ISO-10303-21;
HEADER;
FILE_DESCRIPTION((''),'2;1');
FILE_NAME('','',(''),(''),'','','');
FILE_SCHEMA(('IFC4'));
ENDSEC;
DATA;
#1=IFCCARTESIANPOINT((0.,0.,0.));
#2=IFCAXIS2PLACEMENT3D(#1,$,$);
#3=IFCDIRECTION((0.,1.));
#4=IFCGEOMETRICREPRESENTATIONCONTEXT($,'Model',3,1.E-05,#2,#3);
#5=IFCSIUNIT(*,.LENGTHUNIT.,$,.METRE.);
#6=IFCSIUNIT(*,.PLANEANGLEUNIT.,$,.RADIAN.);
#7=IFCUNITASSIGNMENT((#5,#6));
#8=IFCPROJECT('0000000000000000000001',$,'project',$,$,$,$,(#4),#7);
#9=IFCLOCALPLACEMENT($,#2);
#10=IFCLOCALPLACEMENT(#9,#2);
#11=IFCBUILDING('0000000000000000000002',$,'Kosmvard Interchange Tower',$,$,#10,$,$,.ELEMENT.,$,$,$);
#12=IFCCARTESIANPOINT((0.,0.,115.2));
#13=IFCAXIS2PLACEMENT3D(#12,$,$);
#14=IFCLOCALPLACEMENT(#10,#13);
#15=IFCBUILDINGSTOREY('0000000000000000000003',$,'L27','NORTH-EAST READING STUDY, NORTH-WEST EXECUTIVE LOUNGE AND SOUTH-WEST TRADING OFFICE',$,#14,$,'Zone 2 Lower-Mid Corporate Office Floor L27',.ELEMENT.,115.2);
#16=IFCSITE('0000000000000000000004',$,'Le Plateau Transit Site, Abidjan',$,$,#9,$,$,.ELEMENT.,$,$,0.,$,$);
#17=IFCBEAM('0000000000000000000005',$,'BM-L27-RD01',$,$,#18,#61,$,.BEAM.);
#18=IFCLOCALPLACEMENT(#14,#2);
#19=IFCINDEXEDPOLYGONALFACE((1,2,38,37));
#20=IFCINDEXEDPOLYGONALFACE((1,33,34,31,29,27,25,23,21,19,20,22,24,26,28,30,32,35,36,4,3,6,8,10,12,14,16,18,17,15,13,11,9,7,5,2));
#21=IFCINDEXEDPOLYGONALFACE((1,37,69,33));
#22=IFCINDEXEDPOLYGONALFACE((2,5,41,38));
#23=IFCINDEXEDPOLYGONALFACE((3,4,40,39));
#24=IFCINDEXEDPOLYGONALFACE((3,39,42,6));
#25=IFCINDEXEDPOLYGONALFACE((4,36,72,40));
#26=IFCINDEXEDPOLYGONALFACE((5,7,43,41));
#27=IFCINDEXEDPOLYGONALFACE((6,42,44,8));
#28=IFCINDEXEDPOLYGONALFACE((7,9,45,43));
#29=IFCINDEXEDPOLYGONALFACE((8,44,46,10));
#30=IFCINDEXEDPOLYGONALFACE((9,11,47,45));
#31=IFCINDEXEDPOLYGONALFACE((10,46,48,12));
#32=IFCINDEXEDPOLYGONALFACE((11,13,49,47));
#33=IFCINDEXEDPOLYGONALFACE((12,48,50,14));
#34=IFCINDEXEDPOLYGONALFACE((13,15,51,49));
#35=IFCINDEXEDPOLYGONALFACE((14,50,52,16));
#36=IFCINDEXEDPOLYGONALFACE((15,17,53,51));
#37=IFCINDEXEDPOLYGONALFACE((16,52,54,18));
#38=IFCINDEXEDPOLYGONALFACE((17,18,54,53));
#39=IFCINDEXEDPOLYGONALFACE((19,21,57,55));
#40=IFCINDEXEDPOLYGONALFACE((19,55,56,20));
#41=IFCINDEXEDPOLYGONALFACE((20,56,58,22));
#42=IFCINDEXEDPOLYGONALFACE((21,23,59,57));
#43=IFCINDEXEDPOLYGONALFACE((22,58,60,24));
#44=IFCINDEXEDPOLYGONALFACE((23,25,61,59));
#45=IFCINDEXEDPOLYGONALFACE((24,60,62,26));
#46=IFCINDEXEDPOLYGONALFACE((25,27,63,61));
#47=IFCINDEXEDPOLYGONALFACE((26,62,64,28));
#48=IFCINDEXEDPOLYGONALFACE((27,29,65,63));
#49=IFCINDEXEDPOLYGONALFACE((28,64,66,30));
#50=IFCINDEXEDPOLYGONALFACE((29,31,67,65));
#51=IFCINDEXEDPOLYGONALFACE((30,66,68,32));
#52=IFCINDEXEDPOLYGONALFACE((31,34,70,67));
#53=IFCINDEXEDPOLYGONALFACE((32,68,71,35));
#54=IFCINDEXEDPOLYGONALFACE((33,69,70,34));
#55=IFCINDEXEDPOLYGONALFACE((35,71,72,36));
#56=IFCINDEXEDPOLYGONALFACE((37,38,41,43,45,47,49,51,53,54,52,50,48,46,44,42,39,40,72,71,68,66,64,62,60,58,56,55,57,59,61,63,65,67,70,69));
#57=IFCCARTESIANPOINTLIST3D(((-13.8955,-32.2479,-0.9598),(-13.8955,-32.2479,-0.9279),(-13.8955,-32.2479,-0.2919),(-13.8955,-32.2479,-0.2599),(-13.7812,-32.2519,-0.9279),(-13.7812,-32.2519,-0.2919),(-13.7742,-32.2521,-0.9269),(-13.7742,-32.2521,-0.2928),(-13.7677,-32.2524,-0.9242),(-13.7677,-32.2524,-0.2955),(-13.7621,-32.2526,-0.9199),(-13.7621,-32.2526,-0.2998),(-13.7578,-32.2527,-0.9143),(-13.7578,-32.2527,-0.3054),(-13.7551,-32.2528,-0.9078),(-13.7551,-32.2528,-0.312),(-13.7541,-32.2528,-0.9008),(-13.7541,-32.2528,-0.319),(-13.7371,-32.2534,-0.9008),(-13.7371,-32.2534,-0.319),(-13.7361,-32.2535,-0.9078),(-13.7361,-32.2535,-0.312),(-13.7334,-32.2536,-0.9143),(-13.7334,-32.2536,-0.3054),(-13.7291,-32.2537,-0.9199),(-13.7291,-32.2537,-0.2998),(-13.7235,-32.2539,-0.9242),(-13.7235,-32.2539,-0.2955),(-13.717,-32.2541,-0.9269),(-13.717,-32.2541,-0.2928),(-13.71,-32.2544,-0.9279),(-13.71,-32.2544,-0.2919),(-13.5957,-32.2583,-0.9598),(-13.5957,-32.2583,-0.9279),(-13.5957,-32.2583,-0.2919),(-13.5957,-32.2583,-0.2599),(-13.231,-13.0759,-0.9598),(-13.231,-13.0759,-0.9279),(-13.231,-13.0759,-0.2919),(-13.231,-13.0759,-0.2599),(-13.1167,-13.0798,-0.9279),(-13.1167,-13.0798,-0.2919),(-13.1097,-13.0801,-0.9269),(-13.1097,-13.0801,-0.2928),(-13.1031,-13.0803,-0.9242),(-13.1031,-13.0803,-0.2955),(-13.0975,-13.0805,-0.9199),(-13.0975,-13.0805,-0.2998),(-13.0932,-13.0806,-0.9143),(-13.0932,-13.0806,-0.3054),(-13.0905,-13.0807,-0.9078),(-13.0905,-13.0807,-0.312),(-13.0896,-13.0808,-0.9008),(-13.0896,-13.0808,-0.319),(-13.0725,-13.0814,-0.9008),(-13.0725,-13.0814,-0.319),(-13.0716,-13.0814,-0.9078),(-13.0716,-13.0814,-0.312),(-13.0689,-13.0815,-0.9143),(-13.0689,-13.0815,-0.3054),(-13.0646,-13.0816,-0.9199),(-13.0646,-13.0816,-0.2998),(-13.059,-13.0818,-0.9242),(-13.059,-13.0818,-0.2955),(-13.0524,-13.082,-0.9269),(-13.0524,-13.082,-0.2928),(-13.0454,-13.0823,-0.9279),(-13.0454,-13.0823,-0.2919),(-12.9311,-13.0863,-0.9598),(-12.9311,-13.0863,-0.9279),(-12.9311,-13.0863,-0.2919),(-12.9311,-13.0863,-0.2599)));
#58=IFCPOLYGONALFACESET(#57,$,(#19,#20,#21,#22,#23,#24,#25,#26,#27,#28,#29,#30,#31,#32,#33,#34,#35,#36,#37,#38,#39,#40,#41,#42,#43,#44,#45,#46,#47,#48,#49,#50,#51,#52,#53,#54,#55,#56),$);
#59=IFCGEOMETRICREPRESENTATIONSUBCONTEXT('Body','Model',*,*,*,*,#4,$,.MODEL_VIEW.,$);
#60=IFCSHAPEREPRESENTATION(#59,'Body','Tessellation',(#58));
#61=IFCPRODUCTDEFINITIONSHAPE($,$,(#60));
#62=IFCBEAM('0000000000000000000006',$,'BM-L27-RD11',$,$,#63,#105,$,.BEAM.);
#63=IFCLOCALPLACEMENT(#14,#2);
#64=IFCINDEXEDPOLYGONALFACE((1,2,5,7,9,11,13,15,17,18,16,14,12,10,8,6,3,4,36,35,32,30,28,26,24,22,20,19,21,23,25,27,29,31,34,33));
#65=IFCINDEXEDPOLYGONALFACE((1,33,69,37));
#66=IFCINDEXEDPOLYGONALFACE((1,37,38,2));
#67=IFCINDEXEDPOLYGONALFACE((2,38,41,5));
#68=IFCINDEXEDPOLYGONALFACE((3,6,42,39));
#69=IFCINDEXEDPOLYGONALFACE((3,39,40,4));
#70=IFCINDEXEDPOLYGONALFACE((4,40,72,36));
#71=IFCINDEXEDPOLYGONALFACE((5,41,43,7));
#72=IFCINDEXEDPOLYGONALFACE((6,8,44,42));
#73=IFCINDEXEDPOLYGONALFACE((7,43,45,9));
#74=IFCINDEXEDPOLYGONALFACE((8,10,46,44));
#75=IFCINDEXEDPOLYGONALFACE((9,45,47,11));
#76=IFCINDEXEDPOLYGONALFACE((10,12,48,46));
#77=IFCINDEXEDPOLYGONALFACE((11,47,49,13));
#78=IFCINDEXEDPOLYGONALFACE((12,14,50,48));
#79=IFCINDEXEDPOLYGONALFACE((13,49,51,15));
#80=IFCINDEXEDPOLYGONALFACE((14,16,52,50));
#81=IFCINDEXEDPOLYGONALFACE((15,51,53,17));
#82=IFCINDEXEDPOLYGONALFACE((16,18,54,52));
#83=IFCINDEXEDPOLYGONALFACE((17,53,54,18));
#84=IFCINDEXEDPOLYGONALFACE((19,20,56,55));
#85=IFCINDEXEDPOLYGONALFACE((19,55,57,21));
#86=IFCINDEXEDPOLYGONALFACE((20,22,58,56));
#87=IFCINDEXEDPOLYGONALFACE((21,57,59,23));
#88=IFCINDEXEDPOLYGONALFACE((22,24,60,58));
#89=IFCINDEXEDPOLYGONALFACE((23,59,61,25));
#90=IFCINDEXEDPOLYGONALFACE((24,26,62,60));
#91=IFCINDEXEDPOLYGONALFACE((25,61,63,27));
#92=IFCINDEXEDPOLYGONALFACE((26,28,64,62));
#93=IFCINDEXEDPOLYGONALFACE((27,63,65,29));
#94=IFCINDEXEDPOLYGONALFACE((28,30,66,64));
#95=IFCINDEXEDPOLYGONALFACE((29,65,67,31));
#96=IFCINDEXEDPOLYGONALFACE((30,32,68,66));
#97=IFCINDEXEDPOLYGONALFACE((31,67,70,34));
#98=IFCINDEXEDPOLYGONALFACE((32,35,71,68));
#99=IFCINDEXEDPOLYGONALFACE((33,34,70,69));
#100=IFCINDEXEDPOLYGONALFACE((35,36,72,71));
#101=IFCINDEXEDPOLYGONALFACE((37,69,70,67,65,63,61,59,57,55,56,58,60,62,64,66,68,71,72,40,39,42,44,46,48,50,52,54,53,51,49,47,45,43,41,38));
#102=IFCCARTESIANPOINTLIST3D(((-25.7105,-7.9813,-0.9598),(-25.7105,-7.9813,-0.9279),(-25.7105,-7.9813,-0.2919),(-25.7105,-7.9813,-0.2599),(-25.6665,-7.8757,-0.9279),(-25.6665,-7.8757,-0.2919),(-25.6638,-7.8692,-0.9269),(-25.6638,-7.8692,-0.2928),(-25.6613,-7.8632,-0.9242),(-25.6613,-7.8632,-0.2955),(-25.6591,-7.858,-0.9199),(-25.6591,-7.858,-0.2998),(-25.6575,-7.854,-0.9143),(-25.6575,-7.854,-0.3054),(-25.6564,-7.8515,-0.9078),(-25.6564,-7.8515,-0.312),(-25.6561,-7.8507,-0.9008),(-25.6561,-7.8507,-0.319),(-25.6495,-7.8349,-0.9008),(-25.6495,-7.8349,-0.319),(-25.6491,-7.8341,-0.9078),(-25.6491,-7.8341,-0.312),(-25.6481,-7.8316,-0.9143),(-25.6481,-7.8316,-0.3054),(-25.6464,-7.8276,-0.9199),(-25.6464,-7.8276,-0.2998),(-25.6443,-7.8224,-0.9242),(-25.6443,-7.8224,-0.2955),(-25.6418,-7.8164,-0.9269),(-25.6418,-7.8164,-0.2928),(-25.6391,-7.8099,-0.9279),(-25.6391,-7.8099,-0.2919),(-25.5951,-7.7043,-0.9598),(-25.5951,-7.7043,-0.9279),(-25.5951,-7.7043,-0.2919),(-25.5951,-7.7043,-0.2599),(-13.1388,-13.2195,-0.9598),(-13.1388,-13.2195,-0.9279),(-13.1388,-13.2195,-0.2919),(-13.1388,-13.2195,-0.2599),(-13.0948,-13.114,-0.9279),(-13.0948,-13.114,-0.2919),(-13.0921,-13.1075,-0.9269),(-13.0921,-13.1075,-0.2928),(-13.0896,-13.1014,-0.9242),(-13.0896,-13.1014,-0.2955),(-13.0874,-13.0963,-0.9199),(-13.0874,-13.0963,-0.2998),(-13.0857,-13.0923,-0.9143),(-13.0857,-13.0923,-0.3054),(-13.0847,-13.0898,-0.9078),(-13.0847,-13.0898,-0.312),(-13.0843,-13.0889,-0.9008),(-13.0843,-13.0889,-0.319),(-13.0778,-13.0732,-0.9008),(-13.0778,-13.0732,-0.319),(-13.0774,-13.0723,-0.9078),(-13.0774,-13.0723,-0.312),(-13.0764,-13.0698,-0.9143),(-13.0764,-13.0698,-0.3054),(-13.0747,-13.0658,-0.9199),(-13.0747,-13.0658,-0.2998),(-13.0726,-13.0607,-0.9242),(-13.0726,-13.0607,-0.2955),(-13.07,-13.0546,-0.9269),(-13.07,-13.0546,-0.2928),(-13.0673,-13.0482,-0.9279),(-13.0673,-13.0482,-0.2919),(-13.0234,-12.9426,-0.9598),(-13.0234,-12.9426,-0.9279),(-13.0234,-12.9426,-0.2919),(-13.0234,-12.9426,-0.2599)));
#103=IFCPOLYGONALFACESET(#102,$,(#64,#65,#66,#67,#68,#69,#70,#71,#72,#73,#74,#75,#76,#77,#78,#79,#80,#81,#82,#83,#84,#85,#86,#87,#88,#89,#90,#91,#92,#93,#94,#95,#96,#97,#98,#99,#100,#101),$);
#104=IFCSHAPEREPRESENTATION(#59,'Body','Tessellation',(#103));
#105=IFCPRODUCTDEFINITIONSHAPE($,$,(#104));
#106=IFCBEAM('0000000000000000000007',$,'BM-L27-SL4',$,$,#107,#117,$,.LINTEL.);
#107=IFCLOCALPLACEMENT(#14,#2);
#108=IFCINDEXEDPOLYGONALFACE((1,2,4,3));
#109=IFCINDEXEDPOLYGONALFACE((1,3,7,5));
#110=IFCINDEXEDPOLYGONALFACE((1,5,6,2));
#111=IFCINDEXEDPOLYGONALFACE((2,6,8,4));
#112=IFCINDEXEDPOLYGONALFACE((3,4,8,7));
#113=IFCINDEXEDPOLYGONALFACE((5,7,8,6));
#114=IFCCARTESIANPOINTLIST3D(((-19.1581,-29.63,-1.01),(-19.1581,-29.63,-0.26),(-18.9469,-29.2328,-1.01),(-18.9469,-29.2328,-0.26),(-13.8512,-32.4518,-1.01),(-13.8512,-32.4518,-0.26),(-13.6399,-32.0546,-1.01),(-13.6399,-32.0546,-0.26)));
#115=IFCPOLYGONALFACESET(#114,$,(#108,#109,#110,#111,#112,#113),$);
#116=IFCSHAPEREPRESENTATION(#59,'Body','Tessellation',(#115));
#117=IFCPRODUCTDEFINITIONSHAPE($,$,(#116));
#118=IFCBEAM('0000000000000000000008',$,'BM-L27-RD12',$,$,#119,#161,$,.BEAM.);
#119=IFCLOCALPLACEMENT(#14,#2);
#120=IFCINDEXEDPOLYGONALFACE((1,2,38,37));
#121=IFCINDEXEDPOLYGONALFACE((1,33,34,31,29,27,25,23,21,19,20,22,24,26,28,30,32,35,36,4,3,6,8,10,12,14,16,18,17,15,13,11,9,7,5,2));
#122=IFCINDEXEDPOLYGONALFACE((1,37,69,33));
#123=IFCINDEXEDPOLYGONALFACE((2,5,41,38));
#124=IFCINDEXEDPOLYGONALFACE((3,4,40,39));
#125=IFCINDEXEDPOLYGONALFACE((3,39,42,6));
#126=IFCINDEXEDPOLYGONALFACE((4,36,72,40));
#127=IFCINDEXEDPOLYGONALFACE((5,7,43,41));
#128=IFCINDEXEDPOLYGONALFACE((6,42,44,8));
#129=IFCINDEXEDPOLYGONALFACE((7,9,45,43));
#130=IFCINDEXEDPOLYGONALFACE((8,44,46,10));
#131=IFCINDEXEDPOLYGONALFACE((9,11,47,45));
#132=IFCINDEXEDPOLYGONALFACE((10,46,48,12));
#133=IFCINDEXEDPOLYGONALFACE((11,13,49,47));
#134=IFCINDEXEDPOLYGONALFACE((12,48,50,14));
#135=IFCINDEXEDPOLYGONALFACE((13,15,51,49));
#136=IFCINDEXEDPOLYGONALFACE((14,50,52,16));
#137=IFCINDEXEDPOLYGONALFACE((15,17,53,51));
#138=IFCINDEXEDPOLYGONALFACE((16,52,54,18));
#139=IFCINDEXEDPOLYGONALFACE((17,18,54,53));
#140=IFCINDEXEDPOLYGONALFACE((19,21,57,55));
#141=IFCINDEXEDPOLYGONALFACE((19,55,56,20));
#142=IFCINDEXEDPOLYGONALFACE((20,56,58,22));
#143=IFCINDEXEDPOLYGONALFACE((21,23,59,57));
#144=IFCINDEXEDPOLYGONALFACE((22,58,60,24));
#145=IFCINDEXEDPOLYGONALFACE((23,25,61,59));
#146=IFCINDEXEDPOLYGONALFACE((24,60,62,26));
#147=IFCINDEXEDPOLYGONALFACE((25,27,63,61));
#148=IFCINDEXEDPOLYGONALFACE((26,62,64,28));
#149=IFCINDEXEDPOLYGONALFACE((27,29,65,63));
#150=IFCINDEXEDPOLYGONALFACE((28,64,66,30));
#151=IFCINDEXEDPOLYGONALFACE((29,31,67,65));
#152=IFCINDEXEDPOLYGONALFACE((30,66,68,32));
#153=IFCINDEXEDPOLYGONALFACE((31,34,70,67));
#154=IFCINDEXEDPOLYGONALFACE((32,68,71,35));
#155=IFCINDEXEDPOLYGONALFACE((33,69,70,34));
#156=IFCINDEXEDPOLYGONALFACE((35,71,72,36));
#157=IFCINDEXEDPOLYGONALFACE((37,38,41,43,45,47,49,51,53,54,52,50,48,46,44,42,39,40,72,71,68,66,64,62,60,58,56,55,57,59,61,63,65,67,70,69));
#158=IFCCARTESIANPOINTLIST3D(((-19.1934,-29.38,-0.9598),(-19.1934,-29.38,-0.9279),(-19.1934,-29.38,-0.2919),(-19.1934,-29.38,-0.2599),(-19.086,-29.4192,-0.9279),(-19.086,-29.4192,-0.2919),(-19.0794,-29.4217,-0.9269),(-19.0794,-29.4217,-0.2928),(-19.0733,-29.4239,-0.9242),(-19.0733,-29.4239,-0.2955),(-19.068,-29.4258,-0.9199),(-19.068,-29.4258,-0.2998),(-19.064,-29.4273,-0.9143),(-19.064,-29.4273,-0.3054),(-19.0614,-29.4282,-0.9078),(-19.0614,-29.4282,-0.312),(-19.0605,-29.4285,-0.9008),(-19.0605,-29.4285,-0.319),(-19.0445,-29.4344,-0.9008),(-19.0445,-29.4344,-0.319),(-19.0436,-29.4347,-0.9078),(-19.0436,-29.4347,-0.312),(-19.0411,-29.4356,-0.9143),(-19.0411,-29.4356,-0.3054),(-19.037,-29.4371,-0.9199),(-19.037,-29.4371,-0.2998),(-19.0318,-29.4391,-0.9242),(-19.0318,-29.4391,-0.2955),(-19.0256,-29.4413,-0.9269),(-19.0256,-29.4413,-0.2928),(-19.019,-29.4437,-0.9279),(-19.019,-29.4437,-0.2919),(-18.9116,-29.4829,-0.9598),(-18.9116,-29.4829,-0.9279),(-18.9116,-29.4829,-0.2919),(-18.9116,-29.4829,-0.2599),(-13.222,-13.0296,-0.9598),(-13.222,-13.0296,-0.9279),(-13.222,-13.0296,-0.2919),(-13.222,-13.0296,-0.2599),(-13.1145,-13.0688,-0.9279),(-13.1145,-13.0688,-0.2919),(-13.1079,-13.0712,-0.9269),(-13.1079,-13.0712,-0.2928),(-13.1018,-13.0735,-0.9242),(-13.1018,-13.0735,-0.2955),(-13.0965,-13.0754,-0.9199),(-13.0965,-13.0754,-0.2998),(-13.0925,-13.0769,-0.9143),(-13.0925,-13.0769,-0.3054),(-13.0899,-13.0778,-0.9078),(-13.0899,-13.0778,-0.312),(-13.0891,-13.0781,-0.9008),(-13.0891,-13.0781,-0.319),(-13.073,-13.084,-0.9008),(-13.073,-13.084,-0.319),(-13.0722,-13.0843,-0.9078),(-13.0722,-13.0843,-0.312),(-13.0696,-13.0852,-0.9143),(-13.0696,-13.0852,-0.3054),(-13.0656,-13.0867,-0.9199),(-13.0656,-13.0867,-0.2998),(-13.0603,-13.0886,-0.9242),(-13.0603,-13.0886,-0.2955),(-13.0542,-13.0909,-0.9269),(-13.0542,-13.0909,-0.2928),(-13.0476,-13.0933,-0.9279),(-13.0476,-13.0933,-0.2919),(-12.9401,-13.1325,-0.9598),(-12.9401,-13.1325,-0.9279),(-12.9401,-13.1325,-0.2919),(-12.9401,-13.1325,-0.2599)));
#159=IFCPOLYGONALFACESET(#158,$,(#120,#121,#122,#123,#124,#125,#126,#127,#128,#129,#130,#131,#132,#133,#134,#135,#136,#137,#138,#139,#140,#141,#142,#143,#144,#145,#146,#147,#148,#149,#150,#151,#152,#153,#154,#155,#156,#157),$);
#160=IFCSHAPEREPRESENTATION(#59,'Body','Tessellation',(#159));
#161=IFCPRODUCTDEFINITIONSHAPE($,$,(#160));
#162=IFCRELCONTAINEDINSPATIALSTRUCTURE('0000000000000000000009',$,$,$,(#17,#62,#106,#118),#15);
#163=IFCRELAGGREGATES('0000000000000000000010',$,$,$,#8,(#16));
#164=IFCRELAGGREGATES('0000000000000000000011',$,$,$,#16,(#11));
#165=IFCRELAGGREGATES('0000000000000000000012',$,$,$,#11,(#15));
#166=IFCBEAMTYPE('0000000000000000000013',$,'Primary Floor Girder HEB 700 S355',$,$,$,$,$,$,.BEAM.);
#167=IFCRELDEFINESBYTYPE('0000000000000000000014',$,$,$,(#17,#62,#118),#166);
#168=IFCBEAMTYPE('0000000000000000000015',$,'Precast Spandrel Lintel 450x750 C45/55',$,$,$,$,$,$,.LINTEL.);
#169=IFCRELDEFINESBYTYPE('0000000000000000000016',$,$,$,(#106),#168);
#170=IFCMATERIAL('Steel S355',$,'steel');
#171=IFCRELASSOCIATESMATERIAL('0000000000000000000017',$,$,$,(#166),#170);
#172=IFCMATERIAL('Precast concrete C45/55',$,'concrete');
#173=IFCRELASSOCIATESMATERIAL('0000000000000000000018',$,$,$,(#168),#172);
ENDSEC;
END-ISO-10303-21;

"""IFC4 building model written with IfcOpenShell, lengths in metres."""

from ifc_helpers import new_model, si_unit, direction, frame, origin, origin_2d, place, context, subcontext, project, spatial, rectangle, i_section, extrude, source, transform, mapped, material, material_profile, profile_set, type_object, element, save


model = new_model("IFC4")

# Units and contexts
model_context = context("Model", 3, precision=1e-05, world=origin(), true_north=direction((0.0, 1.0)))
body_context = subcontext(model_context, "Body", "Model", "MODEL_VIEW")
ifc_project = project(units=[si_unit("LENGTHUNIT", "METRE"), si_unit("PLANEANGLEUNIT", "RADIAN")], contexts=[model_context])

# Site, building, storey
site_placement = place(None, origin())
site = spatial("IfcSite", under=ifc_project, at=site_placement, Name="Le Plateau Transit Site, Abidjan", CompositionType="ELEMENT", RefElevation=0.0)
building_placement = place(site_placement, origin())
building = spatial("IfcBuilding", under=site, at=building_placement, Name="Kosmvard Interchange Tower", CompositionType="ELEMENT")
storey_placement = place(building_placement, frame((0.0, 0.0, 115.2)))
storey = spatial("IfcBuildingStorey", under=building, at=storey_placement, Name="L27", Description="NORTH-EAST READING STUDY, NORTH-WEST EXECUTIVE LOUNGE AND SOUTH-WEST TRADING OFFICE", LongName="Zone 2 Lower-Mid Corporate Office Floor L27", CompositionType="ELEMENT", Elevation=115.2)

# Beams
ifc_material_1 = material(Name="Steel S355", Category="steel")
ifc_material_profile_1 = material_profile(ifc_material_1, i_section(OverallWidth=0.3, OverallDepth=0.7, WebThickness=0.0171, FlangeThickness=0.032, FilletRadius=0.0271, at=origin_2d()), Name="HEB 700")
ifc_profile_set_1 = profile_set([ifc_material_profile_1], Name="Steel S355")
beam_type_1 = type_object("IfcBeamType", Name="Primary Floor Girder HEB 700 S355", PredefinedType="BEAM", material=ifc_profile_set_1)
shared_shape_1 = source(origin(), body_context, "Body", "SweptSolid", [
    extrude(i_section(OverallWidth=0.3, OverallDepth=0.7, WebThickness=0.0171, FlangeThickness=0.032, FilletRadius=0.0271, at=origin_2d()), origin(), (0.0, 0.0, 1.0), 19.1836),
])
beam_1_placement = place(storey_placement, frame((-13.0811, -13.0811, -0.6099), z_axis=(-0.034642, -0.9994, 0.0), x_axis=(0.9994, -0.034642, 0.0)))
element("IfcBeam", 1, at=beam_1_placement, inside=storey, type_object=beam_type_1, Name="BM-L27-RD01", PredefinedType="BEAM", context=body_context, shape_type="MappedRepresentation", body=[
    mapped(shared_shape_1, transform((0.0, 0.0, 0.0), scale=1.0)),
])
shared_shape_2 = source(origin(), body_context, "Body", "SweptSolid", [
    extrude(i_section(OverallWidth=0.3, OverallDepth=0.7, WebThickness=0.0171, FlangeThickness=0.032, FilletRadius=0.0271, at=origin_2d()), origin(), (0.0, 0.0, 1.0), 13.6194),
])
beam_2_placement = place(storey_placement, frame((-13.0811, -13.0811, -0.6099), z_axis=(-0.923076, 0.384618, 0.0), x_axis=(-0.384618, -0.923076, 0.0)))
element("IfcBeam", 2, at=beam_2_placement, inside=storey, type_object=beam_type_1, Name="BM-L27-RD11", PredefinedType="BEAM", context=body_context, shape_type="MappedRepresentation", body=[
    mapped(shared_shape_2, transform((0.0, 0.0, 0.0), scale=1.0)),
])
ifc_material_2 = material(Name="Precast concrete C45/55", Category="concrete")
ifc_material_profile_2 = material_profile(ifc_material_2, rectangle(XDim=0.45, YDim=0.75, at=origin_2d()), Name="SL 450x750")
ifc_profile_set_2 = profile_set([ifc_material_profile_2], Name="Precast concrete C45/55")
beam_type_2 = type_object("IfcBeamType", Name="Precast Spandrel Lintel 450x750 C45/55", PredefinedType="LINTEL", material=ifc_profile_set_2)
shared_shape_3 = source(origin(), body_context, "Body", "SweptSolid", [
    extrude(rectangle(XDim=0.45, YDim=0.75, at=origin_2d()), origin(), (0.0, 0.0, 1.0), 6.0105),
])
beam_3_placement = place(storey_placement, frame((-19.0525, -29.4314, -0.635), z_axis=(0.882944, -0.469479, 0.0), x_axis=(0.469479, 0.882944, 0.0)))
element("IfcBeam", 3, at=beam_3_placement, inside=storey, type_object=beam_type_2, Name="BM-L27-SL4", PredefinedType="LINTEL", context=body_context, shape_type="MappedRepresentation", body=[
    mapped(shared_shape_3, transform((0.0, 0.0, 0.0), scale=1.0)),
])
shared_shape_4 = source(origin(), body_context, "Body", "SweptSolid", [
    extrude(i_section(OverallWidth=0.3, OverallDepth=0.7, WebThickness=0.0171, FlangeThickness=0.032, FilletRadius=0.0271, at=origin_2d()), origin(), (0.0, 0.0, 1.0), 17.4067),
])
beam_4_placement = place(storey_placement, frame((-13.0811, -13.0811, -0.6099), z_axis=(-0.343055, -0.939315, 0.0), x_axis=(0.939315, -0.343055, 0.0)))
element("IfcBeam", 4, at=beam_4_placement, inside=storey, type_object=beam_type_1, Name="BM-L27-RD12", PredefinedType="BEAM", context=body_context, shape_type="MappedRepresentation", body=[
    mapped(shared_shape_4, transform((0.0, 0.0, 0.0), scale=1.0)),
])

save(model, "model.ifc")
